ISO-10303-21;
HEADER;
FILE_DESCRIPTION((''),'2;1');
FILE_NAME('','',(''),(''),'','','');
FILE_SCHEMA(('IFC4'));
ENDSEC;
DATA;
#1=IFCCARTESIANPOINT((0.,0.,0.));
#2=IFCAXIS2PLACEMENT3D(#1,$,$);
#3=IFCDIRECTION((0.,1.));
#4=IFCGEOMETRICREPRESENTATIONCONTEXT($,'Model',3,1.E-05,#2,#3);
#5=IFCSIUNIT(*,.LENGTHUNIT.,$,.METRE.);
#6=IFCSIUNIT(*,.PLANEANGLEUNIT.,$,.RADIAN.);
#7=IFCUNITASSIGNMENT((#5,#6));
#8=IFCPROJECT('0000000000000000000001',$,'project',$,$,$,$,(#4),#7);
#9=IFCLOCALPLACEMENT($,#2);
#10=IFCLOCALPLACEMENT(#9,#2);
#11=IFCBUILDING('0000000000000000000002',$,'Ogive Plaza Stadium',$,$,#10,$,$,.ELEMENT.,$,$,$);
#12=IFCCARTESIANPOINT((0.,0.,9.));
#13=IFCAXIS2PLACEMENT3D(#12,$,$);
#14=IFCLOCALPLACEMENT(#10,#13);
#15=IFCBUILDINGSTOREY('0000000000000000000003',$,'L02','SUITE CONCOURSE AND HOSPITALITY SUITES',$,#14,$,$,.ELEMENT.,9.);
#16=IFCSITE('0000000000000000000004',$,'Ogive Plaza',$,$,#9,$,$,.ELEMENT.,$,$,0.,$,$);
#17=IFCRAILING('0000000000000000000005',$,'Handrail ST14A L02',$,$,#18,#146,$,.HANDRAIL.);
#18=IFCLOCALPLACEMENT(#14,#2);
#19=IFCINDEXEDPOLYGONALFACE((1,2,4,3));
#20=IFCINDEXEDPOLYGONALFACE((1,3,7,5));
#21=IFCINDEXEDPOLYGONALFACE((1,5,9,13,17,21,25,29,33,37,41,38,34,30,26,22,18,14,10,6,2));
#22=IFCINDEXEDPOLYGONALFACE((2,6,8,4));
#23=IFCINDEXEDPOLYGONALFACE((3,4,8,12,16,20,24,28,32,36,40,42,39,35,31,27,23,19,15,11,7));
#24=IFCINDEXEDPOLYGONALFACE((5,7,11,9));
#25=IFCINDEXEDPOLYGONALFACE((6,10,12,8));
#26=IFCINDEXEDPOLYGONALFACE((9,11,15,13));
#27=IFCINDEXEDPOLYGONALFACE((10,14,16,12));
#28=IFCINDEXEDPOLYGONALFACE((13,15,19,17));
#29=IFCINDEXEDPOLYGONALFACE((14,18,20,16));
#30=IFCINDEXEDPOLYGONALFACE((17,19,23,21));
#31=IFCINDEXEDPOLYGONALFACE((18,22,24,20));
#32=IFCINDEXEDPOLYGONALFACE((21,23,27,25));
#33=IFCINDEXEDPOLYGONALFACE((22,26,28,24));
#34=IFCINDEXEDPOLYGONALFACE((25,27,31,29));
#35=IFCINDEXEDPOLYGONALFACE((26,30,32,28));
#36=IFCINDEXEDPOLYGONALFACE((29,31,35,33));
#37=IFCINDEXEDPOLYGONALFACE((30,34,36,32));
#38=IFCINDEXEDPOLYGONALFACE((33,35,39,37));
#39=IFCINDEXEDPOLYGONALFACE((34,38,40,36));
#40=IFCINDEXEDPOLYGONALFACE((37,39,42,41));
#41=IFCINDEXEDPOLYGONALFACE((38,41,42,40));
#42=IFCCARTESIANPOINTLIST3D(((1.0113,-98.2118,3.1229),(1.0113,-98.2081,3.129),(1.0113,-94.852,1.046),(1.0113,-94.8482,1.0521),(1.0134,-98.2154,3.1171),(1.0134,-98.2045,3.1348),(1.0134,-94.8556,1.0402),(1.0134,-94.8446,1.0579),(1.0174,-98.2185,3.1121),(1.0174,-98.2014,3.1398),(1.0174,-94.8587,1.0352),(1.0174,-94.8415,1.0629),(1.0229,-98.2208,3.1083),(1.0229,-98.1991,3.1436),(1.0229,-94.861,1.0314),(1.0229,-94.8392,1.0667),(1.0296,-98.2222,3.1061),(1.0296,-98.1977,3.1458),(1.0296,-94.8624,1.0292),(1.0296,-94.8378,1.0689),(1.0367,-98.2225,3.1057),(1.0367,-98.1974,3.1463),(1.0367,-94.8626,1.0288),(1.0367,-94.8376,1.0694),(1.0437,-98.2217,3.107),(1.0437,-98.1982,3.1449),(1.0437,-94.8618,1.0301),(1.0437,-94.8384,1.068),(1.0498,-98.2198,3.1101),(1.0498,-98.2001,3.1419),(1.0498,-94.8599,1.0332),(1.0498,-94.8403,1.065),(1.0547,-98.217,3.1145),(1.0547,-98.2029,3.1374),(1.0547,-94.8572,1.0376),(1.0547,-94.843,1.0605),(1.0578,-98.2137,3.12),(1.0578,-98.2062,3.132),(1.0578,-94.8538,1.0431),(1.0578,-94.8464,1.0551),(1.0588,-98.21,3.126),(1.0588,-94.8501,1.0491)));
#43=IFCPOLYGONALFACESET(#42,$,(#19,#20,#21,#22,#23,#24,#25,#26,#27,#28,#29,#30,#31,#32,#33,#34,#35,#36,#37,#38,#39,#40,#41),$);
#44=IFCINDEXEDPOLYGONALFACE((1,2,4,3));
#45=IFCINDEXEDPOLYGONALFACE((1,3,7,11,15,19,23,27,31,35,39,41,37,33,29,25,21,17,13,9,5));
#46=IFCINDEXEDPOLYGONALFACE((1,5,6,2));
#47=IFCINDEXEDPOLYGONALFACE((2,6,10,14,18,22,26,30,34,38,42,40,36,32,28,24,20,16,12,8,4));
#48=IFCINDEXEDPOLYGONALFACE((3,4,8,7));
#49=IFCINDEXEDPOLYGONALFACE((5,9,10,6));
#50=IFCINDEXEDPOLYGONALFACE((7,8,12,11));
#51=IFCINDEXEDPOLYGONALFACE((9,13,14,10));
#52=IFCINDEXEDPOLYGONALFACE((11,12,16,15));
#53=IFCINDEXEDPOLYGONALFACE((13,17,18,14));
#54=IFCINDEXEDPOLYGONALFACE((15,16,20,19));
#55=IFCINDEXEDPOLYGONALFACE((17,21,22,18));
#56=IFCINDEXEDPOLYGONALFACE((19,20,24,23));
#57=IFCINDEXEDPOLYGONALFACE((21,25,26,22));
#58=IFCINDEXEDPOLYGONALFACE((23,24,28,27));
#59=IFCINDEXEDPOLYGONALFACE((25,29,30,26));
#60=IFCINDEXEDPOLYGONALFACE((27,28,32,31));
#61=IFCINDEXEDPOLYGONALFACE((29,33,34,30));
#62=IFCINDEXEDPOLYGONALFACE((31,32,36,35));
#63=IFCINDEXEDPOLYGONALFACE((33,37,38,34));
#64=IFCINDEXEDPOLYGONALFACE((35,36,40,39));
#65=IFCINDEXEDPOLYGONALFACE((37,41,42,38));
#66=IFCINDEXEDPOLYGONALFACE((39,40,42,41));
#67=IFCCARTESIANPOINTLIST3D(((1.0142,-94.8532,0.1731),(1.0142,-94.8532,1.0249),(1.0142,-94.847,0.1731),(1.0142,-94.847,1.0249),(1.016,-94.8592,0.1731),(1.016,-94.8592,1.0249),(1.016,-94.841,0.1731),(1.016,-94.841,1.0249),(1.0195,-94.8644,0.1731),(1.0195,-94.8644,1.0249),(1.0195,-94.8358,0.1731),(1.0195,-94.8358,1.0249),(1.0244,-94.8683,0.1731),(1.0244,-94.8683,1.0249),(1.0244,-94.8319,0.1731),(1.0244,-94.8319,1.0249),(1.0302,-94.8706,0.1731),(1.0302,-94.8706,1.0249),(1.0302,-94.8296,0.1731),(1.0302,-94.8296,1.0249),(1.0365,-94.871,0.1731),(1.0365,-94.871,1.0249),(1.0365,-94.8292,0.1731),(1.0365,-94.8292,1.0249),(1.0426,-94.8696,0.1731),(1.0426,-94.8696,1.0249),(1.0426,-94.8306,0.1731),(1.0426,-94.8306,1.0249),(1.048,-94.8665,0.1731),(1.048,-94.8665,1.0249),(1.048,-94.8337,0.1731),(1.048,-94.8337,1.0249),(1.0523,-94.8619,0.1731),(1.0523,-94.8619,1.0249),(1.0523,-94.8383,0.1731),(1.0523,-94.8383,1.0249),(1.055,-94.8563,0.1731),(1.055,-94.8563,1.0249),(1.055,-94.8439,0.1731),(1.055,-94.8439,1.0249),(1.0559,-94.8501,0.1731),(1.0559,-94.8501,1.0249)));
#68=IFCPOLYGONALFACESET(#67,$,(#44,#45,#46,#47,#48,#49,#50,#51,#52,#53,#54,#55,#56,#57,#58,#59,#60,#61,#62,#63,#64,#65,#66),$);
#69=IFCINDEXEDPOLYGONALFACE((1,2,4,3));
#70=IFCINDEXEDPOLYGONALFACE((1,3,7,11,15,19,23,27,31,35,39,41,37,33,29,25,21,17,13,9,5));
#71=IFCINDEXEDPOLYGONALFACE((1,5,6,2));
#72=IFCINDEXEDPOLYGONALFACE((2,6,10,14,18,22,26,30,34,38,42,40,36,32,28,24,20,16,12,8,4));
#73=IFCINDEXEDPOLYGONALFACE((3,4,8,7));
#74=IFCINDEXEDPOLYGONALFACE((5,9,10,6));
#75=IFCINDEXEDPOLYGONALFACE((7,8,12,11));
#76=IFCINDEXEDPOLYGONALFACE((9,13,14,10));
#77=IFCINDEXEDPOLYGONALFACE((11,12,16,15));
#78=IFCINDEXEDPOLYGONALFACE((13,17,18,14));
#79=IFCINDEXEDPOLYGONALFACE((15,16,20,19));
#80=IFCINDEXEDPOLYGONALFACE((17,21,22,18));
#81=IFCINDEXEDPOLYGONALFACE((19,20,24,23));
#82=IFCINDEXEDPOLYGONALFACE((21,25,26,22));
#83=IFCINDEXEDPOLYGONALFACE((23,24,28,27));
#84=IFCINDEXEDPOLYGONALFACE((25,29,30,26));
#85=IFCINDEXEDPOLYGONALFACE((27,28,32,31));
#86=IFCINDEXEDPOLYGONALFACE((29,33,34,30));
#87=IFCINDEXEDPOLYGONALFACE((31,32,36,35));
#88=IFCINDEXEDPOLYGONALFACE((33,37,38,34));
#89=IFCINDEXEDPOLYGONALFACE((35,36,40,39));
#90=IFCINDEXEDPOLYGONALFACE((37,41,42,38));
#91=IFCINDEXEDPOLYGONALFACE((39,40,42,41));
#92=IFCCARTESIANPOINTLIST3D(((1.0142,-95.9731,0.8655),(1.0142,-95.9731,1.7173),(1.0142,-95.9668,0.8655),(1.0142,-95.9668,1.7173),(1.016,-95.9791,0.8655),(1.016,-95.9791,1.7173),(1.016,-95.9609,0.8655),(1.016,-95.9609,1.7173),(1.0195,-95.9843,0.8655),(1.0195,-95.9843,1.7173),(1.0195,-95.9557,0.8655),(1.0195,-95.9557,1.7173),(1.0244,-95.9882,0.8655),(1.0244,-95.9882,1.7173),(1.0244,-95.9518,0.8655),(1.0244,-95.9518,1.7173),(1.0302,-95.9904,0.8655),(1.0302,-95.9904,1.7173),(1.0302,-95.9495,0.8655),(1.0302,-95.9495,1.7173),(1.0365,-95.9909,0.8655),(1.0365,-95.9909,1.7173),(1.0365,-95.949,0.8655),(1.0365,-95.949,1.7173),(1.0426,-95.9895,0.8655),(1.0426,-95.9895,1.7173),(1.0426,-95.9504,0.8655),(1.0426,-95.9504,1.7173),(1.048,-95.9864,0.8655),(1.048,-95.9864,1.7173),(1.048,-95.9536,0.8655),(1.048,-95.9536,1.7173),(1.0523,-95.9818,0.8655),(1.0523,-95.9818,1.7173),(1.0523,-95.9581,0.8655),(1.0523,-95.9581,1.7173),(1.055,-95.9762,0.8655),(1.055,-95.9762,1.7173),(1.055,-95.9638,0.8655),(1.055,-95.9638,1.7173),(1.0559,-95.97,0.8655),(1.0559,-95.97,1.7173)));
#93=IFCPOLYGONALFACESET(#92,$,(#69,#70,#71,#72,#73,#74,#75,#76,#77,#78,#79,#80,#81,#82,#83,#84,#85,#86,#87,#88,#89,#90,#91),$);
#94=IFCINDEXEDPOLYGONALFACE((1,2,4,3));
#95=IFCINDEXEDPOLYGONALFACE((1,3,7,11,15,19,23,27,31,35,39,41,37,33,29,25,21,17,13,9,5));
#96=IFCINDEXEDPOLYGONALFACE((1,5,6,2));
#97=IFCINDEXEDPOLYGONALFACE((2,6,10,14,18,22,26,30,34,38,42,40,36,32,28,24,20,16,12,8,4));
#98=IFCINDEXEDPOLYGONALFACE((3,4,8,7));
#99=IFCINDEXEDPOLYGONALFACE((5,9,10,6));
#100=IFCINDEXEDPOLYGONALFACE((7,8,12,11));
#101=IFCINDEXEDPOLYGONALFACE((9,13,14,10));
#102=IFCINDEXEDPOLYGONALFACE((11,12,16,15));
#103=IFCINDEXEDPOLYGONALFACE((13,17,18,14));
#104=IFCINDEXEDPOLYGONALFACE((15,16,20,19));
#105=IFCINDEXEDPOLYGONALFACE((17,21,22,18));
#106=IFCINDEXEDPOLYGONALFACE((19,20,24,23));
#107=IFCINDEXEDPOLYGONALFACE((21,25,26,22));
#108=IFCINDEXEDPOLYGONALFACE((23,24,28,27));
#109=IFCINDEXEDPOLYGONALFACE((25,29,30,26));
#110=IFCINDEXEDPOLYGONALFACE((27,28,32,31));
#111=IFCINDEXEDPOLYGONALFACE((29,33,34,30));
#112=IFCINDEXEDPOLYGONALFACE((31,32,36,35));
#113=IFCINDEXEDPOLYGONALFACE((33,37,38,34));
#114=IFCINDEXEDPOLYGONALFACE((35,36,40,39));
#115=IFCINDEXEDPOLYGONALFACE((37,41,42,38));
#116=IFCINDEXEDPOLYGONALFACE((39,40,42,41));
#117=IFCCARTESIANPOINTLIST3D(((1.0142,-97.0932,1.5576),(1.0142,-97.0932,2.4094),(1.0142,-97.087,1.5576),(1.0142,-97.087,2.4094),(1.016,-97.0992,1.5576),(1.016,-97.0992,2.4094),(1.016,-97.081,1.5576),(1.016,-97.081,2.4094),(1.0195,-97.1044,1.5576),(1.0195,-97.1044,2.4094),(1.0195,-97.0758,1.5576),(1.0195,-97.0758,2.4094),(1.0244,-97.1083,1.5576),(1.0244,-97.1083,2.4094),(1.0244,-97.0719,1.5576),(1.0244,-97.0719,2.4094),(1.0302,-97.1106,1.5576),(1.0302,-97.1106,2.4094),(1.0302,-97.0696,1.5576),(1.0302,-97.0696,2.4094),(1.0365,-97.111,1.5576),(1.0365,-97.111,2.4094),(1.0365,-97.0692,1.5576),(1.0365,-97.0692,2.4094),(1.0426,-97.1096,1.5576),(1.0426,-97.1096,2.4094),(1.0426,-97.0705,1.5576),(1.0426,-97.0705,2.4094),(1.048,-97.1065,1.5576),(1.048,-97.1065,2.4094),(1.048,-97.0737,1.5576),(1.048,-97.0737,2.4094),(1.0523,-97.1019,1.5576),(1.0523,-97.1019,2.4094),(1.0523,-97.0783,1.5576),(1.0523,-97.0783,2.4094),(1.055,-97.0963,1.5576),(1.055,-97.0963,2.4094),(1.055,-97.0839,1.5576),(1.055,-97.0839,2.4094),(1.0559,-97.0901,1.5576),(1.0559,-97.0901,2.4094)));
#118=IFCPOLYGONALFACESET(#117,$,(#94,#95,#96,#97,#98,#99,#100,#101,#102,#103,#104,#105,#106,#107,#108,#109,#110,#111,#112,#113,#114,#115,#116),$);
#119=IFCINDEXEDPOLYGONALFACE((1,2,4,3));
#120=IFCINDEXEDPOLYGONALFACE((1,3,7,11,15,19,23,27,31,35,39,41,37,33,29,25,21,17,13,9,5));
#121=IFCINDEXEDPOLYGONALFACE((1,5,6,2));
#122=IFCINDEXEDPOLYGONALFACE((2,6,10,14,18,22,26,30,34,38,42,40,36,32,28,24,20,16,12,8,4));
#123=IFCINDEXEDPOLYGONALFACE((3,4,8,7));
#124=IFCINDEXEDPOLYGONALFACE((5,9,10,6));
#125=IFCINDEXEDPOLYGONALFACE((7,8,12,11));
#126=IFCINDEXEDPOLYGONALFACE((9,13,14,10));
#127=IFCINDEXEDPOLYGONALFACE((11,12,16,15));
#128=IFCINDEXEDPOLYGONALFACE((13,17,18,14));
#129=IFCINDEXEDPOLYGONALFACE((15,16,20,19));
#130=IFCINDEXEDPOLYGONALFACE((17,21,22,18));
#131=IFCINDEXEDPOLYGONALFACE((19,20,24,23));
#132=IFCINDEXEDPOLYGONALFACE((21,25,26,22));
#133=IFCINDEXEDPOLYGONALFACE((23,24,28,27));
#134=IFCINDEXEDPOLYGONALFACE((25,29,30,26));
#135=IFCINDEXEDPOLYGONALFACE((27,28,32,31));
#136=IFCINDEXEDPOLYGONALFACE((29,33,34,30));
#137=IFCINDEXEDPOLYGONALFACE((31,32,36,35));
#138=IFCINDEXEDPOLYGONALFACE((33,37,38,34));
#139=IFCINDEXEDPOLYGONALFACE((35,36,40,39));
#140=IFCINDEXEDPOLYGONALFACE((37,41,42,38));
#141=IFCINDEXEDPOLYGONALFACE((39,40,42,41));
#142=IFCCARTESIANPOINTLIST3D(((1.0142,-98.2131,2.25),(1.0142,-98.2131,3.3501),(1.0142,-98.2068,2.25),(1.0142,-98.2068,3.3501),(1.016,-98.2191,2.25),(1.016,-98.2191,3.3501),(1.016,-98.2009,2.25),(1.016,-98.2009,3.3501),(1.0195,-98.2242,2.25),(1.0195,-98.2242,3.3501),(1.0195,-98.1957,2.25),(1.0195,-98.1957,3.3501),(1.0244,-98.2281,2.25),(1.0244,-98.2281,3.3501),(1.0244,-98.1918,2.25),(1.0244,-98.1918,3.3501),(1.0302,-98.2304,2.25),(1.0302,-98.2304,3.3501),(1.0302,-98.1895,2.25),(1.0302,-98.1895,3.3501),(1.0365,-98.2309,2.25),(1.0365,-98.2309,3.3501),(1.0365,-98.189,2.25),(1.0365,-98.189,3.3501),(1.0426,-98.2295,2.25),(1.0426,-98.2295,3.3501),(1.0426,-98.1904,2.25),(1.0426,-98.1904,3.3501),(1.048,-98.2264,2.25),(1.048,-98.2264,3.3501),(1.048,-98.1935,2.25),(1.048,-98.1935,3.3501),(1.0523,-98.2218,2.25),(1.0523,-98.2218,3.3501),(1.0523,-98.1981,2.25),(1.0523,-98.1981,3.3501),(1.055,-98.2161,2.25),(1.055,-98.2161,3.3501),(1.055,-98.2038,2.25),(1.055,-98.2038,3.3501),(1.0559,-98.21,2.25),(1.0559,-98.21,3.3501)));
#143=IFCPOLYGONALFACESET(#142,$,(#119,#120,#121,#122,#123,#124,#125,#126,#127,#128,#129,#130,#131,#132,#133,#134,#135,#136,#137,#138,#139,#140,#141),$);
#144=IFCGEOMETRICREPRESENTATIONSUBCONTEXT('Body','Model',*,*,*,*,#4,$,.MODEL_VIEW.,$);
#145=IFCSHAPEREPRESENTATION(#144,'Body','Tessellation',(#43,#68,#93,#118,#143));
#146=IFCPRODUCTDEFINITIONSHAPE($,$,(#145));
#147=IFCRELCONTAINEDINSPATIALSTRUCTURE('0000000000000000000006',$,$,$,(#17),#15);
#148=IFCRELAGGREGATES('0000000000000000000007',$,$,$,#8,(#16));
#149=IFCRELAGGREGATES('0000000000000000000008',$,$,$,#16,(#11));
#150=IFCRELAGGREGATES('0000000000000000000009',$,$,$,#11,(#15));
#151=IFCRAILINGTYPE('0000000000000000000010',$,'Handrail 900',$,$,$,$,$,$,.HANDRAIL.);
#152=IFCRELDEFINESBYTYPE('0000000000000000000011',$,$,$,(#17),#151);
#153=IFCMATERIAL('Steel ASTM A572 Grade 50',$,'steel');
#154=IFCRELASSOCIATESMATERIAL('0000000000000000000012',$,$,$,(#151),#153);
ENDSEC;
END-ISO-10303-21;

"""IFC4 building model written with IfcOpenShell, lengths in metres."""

from ifc_helpers import new_model, si_unit, direction, frame, origin, origin_2d, place, context, subcontext, project, spatial, circle, extrude, material, type_object, element, save


model = new_model("IFC4")

# Units and contexts
model_context = context("Model", 3, precision=1e-05, world=origin(), true_north=direction((0.0, 1.0)))
body_context = subcontext(model_context, "Body", "Model", "MODEL_VIEW")
ifc_project = project(units=[si_unit("LENGTHUNIT", "METRE"), si_unit("PLANEANGLEUNIT", "RADIAN")], contexts=[model_context])

# Site, building, storey
site_placement = place(None, origin())
site = spatial("IfcSite", under=ifc_project, at=site_placement, Name="Ogive Plaza", CompositionType="ELEMENT", RefElevation=0.0)
building_placement = place(site_placement, origin())
building = spatial("IfcBuilding", under=site, at=building_placement, Name="Ogive Plaza Stadium", CompositionType="ELEMENT")
storey_placement = place(building_placement, frame((0.0, 0.0, 9.0)))
storey = spatial("IfcBuildingStorey", under=building, at=storey_placement, Name="L02", Description="SUITE CONCOURSE AND HOSPITALITY SUITES", CompositionType="ELEMENT", Elevation=9.0)

# Railing
ifc_material_1 = material(Name="Steel ASTM A572 Grade 50", Category="steel")
railing_type_1 = type_object("IfcRailingType", Name="Handrail 900", PredefinedType="HANDRAIL", material=ifc_material_1)
for number, where, name in (
    (1, (1.0349, -94.8501, 0.1731), "Handrail ST14A L02"),
):
    element("IfcRailing", number, at=place(storey_placement, frame(where)), inside=storey, type_object=railing_type_1, Name=name, PredefinedType="HANDRAIL", context=body_context, shape_type="SweptSolid", body=[
        extrude(circle(Radius=0.0239, at=origin_2d()), frame((0.0, 0.0, 0.876), z_axis=(0.0, -0.850606, 0.525803), x_axis=(1.0, 0.0, 0.0)), (0.0, 0.0, 1.0), 3.95),
        extrude(circle(Radius=0.021, at=origin_2d()), origin(), (0.0, 0.0, 1.0), 0.8518),
        extrude(circle(Radius=0.021, at=origin_2d()), frame((0.0, -1.1199, 0.6924)), (0.0, 0.0, 1.0), 0.8518),
        extrude(circle(Radius=0.021, at=origin_2d()), frame((0.0, -2.24, 1.3845)), (0.0, 0.0, 1.0), 0.8518),
        extrude(circle(Radius=0.021, at=origin_2d()), frame((0.0, -3.3599, 2.0769)), (0.0, 0.0, 1.0), 1.1001),
    ])

save(model, "model.ifc")
